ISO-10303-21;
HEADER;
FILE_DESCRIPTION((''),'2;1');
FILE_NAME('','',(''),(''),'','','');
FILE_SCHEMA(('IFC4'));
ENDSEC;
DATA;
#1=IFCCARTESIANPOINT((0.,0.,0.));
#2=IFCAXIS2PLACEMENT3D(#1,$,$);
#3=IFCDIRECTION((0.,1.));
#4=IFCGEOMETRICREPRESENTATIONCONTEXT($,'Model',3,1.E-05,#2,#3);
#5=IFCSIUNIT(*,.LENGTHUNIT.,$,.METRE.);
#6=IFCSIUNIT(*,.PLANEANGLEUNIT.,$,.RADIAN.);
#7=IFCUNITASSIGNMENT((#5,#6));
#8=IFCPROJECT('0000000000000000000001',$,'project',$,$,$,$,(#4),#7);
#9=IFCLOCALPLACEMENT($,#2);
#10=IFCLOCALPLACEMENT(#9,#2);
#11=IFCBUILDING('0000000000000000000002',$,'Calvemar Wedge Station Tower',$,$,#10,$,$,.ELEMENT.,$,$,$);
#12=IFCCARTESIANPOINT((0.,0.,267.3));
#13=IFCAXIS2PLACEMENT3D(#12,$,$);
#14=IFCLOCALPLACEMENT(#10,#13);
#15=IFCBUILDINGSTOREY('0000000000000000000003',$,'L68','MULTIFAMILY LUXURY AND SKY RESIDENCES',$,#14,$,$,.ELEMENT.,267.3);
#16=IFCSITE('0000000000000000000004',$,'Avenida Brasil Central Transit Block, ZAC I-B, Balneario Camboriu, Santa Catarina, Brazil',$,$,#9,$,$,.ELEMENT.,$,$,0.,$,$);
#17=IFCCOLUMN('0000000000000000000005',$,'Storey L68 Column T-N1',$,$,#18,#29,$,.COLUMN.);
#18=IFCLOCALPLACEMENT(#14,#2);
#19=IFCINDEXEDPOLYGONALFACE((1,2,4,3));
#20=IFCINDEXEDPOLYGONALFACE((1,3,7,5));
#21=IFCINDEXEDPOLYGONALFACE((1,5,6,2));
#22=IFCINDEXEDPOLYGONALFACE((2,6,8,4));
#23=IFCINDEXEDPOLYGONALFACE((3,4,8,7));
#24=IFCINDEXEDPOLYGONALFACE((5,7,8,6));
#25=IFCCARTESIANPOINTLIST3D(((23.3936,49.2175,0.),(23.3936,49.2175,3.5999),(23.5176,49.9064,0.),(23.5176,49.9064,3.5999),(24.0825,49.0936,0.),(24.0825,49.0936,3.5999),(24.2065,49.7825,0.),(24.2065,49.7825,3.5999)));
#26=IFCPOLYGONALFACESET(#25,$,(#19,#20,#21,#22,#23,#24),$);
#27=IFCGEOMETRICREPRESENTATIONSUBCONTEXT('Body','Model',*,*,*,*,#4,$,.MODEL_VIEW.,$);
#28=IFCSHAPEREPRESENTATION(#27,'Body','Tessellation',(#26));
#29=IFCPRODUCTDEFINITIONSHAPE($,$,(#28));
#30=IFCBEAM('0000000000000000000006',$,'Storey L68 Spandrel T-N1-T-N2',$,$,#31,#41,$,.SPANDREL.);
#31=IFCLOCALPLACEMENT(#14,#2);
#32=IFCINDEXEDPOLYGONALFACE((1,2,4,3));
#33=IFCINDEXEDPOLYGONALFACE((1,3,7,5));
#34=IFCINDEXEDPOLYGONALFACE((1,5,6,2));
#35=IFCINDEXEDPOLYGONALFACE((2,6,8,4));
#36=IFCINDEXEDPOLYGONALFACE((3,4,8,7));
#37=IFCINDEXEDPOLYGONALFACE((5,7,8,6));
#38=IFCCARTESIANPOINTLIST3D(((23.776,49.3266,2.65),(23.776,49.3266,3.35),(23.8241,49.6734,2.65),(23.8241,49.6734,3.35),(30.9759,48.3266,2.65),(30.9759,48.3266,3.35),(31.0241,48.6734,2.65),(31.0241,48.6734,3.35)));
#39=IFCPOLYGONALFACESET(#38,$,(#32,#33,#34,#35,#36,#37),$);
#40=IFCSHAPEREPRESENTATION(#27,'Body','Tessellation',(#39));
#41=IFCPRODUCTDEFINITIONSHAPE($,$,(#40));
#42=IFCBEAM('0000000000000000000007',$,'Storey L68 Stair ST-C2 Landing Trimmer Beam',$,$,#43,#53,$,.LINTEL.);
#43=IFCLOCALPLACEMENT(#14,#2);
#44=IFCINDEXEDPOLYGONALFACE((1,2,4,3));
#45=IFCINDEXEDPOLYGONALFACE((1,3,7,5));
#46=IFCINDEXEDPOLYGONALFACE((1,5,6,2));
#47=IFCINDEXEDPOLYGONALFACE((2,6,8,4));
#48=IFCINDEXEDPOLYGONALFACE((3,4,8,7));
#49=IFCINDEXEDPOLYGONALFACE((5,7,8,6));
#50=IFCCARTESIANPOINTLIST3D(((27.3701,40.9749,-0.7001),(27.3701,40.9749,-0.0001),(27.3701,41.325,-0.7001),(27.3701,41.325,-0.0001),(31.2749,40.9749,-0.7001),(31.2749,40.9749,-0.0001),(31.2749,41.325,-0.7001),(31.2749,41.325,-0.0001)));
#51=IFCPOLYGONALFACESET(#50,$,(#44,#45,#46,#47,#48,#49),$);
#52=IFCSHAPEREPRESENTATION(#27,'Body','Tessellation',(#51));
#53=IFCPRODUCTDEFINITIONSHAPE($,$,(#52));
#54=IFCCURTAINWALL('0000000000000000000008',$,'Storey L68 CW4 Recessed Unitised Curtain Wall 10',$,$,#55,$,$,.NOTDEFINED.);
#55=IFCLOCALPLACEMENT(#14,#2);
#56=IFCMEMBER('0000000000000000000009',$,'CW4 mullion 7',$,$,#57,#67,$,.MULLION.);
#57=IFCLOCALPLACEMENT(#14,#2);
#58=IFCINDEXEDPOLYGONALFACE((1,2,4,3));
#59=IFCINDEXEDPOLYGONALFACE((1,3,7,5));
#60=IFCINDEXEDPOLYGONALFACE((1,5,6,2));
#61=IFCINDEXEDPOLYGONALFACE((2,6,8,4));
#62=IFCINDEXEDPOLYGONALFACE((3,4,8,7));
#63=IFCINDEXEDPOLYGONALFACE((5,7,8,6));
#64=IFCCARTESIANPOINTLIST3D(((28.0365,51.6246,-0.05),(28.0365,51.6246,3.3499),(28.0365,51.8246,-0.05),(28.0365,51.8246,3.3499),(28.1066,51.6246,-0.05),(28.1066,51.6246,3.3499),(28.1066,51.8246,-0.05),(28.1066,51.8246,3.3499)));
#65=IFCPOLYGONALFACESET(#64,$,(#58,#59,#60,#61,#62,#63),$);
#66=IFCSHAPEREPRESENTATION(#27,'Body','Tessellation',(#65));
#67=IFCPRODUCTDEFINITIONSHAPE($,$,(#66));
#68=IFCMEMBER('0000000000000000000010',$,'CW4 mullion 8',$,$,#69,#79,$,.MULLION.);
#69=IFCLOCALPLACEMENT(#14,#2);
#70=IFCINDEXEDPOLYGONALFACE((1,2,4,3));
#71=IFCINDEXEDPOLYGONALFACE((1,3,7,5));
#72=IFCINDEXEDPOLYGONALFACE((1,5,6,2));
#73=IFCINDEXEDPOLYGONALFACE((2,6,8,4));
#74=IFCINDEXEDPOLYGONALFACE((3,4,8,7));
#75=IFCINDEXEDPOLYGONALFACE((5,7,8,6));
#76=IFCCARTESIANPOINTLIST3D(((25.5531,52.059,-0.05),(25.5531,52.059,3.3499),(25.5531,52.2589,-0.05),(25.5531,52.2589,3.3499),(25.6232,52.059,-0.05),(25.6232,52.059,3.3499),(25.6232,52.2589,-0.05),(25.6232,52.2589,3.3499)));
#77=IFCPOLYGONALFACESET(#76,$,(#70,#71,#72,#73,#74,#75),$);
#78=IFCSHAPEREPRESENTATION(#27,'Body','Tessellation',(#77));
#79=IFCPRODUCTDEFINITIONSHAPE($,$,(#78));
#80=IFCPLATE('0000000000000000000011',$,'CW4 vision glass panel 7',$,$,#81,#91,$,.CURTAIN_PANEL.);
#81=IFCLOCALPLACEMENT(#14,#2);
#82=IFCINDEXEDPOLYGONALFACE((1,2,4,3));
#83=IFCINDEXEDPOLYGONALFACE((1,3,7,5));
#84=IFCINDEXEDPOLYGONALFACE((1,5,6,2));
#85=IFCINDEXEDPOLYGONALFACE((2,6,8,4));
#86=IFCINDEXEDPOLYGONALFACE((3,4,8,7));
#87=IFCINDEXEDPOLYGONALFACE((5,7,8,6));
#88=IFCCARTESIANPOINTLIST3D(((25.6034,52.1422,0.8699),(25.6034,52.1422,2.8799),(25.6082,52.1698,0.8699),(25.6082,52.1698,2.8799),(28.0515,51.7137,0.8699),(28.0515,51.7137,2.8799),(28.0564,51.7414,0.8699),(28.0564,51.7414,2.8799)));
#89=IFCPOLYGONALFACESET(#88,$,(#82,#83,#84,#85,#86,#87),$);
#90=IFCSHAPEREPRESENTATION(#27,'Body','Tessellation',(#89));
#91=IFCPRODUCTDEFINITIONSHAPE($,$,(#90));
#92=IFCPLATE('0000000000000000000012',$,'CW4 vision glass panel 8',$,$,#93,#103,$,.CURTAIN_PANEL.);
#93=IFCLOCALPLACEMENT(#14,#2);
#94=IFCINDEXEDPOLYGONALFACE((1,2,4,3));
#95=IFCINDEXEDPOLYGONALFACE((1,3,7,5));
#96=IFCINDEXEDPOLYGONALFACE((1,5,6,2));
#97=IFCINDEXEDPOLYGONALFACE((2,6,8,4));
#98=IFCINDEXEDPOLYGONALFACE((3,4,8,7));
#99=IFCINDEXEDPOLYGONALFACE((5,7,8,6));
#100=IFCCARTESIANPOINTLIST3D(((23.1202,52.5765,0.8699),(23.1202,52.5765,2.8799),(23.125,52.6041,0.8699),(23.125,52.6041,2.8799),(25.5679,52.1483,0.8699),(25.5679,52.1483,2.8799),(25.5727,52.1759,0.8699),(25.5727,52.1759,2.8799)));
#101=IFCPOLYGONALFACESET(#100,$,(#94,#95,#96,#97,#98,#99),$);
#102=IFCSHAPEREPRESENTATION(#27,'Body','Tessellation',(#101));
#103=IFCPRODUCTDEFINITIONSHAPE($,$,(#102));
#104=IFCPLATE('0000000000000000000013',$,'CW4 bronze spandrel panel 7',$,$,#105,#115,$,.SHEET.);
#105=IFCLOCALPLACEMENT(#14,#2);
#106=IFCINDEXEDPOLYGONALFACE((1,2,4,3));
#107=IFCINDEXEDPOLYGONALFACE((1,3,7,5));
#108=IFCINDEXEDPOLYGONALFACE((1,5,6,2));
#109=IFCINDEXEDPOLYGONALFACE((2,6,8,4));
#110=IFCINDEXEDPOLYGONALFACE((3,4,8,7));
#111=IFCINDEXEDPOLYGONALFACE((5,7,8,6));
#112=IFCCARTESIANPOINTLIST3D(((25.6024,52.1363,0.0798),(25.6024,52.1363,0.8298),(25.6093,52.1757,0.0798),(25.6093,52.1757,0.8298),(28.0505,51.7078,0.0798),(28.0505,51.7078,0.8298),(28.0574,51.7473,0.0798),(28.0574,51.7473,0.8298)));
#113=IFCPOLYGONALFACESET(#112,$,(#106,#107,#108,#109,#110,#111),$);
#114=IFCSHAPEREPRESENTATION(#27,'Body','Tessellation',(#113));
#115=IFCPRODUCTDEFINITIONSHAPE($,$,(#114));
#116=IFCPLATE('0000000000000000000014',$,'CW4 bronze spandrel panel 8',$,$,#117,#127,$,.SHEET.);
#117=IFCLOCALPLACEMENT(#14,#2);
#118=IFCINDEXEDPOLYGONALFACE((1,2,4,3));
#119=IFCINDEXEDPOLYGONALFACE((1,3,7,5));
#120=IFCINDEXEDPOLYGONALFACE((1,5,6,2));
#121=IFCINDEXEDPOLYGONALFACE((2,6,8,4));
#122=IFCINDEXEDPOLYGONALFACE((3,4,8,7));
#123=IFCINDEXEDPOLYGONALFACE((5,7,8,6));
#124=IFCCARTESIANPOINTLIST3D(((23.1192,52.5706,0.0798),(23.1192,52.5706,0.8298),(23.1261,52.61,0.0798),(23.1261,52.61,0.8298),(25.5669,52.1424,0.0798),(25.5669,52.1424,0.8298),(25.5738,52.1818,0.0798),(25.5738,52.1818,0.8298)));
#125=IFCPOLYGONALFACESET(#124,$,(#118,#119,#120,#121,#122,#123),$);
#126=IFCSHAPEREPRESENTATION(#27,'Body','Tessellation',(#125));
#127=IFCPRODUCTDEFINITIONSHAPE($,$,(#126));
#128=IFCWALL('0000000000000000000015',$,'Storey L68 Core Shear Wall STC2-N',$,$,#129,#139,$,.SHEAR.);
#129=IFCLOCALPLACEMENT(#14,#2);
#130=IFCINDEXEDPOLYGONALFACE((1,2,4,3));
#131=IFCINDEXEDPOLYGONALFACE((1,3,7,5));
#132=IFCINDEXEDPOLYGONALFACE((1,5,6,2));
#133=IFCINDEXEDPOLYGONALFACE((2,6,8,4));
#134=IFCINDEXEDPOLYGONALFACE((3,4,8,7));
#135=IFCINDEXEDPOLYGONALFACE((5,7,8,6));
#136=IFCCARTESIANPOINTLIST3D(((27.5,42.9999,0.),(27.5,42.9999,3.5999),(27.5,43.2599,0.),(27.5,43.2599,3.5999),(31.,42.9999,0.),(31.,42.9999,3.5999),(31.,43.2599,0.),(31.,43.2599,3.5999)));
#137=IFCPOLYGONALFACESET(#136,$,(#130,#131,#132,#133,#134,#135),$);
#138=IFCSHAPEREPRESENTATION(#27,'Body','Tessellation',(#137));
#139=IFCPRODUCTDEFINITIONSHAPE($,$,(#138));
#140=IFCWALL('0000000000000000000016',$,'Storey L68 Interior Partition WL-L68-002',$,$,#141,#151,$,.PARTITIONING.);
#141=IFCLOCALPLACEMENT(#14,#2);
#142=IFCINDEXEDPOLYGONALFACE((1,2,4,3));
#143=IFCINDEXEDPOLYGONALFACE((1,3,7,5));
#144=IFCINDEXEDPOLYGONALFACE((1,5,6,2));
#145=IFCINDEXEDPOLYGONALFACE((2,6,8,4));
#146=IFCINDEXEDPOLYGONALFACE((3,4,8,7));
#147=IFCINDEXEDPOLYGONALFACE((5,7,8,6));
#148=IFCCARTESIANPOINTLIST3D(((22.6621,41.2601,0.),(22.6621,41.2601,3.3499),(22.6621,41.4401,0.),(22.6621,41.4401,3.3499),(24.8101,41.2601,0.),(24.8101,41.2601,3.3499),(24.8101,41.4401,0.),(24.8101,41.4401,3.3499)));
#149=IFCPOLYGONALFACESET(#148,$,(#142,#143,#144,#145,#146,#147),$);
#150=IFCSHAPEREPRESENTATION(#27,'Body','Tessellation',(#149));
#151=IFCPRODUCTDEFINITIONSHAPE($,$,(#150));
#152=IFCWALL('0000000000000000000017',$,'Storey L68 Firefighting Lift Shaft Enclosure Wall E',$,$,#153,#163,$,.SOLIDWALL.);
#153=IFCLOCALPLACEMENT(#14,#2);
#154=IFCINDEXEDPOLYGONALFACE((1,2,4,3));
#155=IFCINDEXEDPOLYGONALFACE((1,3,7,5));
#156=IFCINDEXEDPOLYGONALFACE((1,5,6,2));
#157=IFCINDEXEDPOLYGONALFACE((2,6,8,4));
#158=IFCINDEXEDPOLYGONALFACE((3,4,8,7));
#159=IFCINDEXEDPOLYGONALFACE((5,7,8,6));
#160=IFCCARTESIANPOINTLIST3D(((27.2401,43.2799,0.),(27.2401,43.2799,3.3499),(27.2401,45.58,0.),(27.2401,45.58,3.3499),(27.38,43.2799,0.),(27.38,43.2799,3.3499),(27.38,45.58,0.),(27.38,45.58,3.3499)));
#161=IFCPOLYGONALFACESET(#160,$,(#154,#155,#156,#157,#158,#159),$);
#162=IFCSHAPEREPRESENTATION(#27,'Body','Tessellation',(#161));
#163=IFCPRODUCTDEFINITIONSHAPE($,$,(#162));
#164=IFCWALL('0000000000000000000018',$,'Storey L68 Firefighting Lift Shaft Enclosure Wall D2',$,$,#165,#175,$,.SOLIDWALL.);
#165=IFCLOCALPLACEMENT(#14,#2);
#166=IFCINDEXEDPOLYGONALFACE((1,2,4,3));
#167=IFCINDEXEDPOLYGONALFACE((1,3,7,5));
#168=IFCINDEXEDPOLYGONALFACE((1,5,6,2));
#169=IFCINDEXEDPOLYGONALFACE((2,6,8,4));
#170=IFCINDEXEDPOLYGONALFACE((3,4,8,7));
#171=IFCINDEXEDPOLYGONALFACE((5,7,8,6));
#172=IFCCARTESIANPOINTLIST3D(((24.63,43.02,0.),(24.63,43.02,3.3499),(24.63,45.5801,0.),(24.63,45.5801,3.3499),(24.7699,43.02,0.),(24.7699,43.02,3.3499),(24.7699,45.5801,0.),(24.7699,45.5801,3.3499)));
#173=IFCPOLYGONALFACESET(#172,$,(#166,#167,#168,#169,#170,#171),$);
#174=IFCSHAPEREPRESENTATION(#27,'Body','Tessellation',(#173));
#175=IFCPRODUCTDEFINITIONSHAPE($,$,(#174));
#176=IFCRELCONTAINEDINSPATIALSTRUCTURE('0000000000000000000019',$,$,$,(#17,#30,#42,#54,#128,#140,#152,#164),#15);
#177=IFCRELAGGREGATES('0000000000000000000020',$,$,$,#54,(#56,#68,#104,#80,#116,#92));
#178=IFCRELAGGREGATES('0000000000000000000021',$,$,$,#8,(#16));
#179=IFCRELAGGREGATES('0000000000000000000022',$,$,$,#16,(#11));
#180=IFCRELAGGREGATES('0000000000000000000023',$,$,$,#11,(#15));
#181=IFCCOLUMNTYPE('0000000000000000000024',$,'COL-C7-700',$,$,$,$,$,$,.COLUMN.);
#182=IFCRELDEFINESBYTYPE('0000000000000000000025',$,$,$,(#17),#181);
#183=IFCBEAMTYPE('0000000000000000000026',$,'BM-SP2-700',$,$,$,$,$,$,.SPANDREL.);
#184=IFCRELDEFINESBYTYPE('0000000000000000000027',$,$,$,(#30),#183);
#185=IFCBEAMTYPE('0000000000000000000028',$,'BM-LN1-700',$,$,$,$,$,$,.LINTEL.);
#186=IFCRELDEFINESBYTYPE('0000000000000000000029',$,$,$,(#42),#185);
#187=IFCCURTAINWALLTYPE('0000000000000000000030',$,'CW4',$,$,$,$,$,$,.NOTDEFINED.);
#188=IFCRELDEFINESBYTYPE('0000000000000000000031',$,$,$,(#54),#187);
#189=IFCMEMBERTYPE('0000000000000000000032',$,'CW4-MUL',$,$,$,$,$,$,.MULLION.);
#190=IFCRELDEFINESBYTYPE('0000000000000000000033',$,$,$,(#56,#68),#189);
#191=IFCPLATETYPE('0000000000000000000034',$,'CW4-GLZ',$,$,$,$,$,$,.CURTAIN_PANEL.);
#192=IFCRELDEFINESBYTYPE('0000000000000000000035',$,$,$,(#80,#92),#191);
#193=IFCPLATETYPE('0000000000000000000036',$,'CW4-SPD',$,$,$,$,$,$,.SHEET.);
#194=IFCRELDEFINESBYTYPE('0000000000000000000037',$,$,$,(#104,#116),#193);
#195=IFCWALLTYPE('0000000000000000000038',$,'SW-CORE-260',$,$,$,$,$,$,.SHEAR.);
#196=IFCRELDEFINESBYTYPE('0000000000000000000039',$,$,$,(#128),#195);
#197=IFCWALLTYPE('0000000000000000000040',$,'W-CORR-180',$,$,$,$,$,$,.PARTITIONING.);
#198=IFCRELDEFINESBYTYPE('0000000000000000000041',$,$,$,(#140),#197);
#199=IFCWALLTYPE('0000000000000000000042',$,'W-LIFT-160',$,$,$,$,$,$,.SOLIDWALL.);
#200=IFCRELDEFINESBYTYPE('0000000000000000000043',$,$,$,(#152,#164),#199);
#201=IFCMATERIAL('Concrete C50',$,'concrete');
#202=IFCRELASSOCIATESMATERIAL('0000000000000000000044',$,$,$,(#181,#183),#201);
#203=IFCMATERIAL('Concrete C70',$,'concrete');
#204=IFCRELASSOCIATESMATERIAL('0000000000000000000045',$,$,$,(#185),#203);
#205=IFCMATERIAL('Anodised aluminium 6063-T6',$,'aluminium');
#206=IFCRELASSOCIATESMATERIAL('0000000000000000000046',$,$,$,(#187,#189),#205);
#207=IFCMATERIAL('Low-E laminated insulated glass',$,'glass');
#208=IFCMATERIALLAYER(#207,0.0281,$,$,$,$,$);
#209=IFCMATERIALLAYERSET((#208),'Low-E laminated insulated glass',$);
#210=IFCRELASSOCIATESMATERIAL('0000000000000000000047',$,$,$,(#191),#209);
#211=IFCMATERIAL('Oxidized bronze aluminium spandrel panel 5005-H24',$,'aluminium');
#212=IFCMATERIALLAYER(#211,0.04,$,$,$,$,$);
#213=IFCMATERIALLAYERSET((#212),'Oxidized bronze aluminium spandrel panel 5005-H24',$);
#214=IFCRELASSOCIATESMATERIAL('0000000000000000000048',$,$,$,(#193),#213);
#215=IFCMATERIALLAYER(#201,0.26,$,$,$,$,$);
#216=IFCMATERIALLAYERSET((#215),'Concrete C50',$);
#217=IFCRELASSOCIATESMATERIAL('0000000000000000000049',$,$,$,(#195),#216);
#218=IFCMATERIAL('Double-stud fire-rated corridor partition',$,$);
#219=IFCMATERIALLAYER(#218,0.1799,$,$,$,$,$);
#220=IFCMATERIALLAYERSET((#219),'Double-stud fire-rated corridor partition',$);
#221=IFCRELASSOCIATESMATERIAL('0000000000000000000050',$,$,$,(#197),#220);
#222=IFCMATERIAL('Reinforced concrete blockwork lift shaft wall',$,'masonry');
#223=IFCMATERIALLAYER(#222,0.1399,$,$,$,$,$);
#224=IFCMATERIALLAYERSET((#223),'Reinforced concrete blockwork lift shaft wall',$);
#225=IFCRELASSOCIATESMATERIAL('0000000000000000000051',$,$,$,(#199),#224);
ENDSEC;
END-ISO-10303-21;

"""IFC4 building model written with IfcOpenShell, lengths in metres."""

from ifc_helpers import new_model, si_unit, direction, frame, frame_2d, origin, origin_2d, place, context, subcontext, project, spatial, rectangle, extrude, source, transform, mapped, material, layer, layer_set, material_profile, profile_set, type_object, element, aggregate, save


model = new_model("IFC4")

# Units and contexts
model_context = context("Model", 3, precision=1e-05, world=origin(), true_north=direction((0.0, 1.0)))
body_context = subcontext(model_context, "Body", "Model", "MODEL_VIEW")
ifc_project = project(units=[si_unit("LENGTHUNIT", "METRE"), si_unit("PLANEANGLEUNIT", "RADIAN")], contexts=[model_context])

# Site, building, storey
site_placement = place(None, origin())
site = spatial("IfcSite", under=ifc_project, at=site_placement, Name="Avenida Brasil Central Transit Block, ZAC I-B, Balneario Camboriu, Santa Catarina, Brazil", CompositionType="ELEMENT", RefElevation=0.0)
building_placement = place(site_placement, origin())
building = spatial("IfcBuilding", under=site, at=building_placement, Name="Calvemar Wedge Station Tower", CompositionType="ELEMENT")
storey_placement = place(building_placement, frame((0.0, 0.0, 267.3)))
storey = spatial("IfcBuildingStorey", under=building, at=storey_placement, Name="L68", Description="MULTIFAMILY LUXURY AND SKY RESIDENCES", CompositionType="ELEMENT", Elevation=267.3)

# Column
ifc_material_1 = material(Name="Concrete C50", Category="concrete")
ifc_material_profile_1 = material_profile(ifc_material_1, rectangle(XDim=0.7, YDim=0.7, at=origin_2d()), Name="RC700x700")
ifc_profile_set_1 = profile_set([ifc_material_profile_1], Name="Concrete C50")
column_type = type_object("IfcColumnType", Name="COL-C7-700", PredefinedType="COLUMN", material=ifc_profile_set_1)
shared_shape_1 = source(origin(), body_context, "Body", "SweptSolid", [
    extrude(rectangle(XDim=0.7, YDim=0.7, at=origin_2d()), origin(), (0.0, 0.0, 1.0), 3.5999),
])
column_placement = place(storey_placement, frame((23.8, 49.5, 0.0), z_axis=(0.0, 0.0, 1.0), x_axis=(0.984196, -0.177085, 0.0)))
element("IfcColumn", 1, at=column_placement, inside=storey, type_object=column_type, Name="Storey L68 Column T-N1", PredefinedType="COLUMN", context=body_context, shape_type="MappedRepresentation", body=[
    mapped(shared_shape_1, transform((0.0, 0.0, 0.0), scale=1.0)),
])

# Beams
ifc_material_profile_2 = material_profile(ifc_material_1, rectangle(XDim=0.3501, YDim=0.7, at=origin_2d()), Name="RC350x700")
ifc_profile_set_2 = profile_set([ifc_material_profile_2], Name="Concrete C50")
beam_type_1 = type_object("IfcBeamType", Name="BM-SP2-700", PredefinedType="SPANDREL", material=ifc_profile_set_2)
shared_shape_2 = source(origin(), body_context, "Body", "SweptSolid", [
    extrude(rectangle(XDim=0.3501, YDim=0.7, at=origin_2d()), origin(), (0.0, 0.0, 1.0), 7.269),
])
beam_1_placement = place(storey_placement, frame((23.8, 49.5, 3.0), z_axis=(0.990492, -0.137569, 0.0), x_axis=(0.137569, 0.990492, 0.0)))
element("IfcBeam", 2, at=beam_1_placement, inside=storey, type_object=beam_type_1, Name="Storey L68 Spandrel T-N1-T-N2", PredefinedType="SPANDREL", context=body_context, shape_type="MappedRepresentation", body=[
    mapped(shared_shape_2, transform((0.0, 0.0, 0.0), scale=1.0)),
])
ifc_material_2 = material(Name="Concrete C70", Category="concrete")
ifc_material_profile_3 = material_profile(ifc_material_2, rectangle(XDim=0.3501, YDim=0.7, at=origin_2d()), Name="RC350x700")
ifc_profile_set_3 = profile_set([ifc_material_profile_3], Name="Concrete C70")
beam_type_2 = type_object("IfcBeamType", Name="BM-LN1-700", PredefinedType="LINTEL", material=ifc_profile_set_3)
shared_shape_3 = source(origin(), body_context, "Body", "SweptSolid", [
    extrude(rectangle(XDim=0.3501, YDim=0.7, at=origin_2d()), origin(), (0.0, 0.0, 1.0), 3.9048),
])
beam_2_placement = place(storey_placement, frame((27.3701, 41.1499, -0.3501), z_axis=(1.0, 0.0, 0.0), x_axis=(0.0, 1.0, 0.0)))
element("IfcBeam", 3, at=beam_2_placement, inside=storey, type_object=beam_type_2, Name="Storey L68 Stair ST-C2 Landing Trimmer Beam", PredefinedType="LINTEL", context=body_context, shape_type="MappedRepresentation", body=[
    mapped(shared_shape_3, transform((0.0, 0.0, 0.0), scale=1.0)),
])

# Curtain wall, members, plates
ifc_material_3 = material(Name="Anodised aluminium 6063-T6", Category="aluminium")
curtain_wall_type = type_object("IfcCurtainWallType", Name="CW4", PredefinedType="NOTDEFINED", material=ifc_material_3)
curtain_wall_placement = place(storey_placement, origin())
curtain_wall = element("IfcCurtainWall", 4, at=curtain_wall_placement, inside=storey, type_object=curtain_wall_type, Name="Storey L68 CW4 Recessed Unitised Curtain Wall 10", PredefinedType="NOTDEFINED")
ifc_material_profile_4 = material_profile(ifc_material_3, rectangle(XDim=0.0701, YDim=0.2, at=origin_2d()), Name="AL-MUL-70x200")
ifc_profile_set_4 = profile_set([ifc_material_profile_4], Name="Anodised aluminium 6063-T6")
member_type = type_object("IfcMemberType", Name="CW4-MUL", PredefinedType="MULLION", material=ifc_profile_set_4)
shared_shape_4 = source(origin(), body_context, "Body", "SweptSolid", [
    extrude(rectangle(XDim=0.0701, YDim=0.2, at=origin_2d()), origin(), (0.0, 0.0, 1.0), 3.3999),
])
member_1_placement = place(storey_placement, frame((28.0715, 51.7246, -0.05), z_axis=(0.0, 0.0, 1.0), x_axis=(1.0, 0.0, 0.0)))
member_1 = element("IfcMember", 5, at=member_1_placement, type_object=member_type, Name="CW4 mullion 7", PredefinedType="MULLION", context=body_context, shape_type="MappedRepresentation", body=[
    mapped(shared_shape_4, transform((0.0, 0.0, 0.0), scale=1.0)),
])
member_2_placement = place(storey_placement, frame((25.5881, 52.1589, -0.05), z_axis=(0.0, 0.0, 1.0), x_axis=(1.0, 0.0, 0.0)))
member_2 = element("IfcMember", 6, at=member_2_placement, type_object=member_type, Name="CW4 mullion 8", PredefinedType="MULLION", context=body_context, shape_type="MappedRepresentation", body=[
    mapped(shared_shape_4, transform((0.0, 0.0, 0.0), scale=1.0)),
])
ifc_material_4 = material(Name="Low-E laminated insulated glass", Category="glass")
ifc_layer_1 = layer(ifc_material_4, 0.0281)
ifc_layer_set_1 = layer_set([ifc_layer_1], Name="Low-E laminated insulated glass")
plate_type_1 = type_object("IfcPlateType", Name="CW4-GLZ", PredefinedType="CURTAIN_PANEL", material=ifc_layer_set_1)
plate_1_placement = place(storey_placement, frame((28.054, 51.7275, 0.8699), z_axis=(0.0, 0.0, 1.0), x_axis=(-0.985029, 0.17239, 0.0)))
plate_1 = element("IfcPlate", 7, at=plate_1_placement, type_object=plate_type_1, Name="CW4 vision glass panel 7", PredefinedType="CURTAIN_PANEL", context=body_context, shape_type="SweptSolid", body=[
    extrude(rectangle(XDim=2.4854, YDim=0.0281, at=frame_2d((1.2427, 0.0))), origin(), (0.0, 0.0, 1.0), 2.01),
])
plate_2_placement = place(storey_placement, frame((25.5703, 52.1621, 0.8699), z_axis=(0.0, 0.0, 1.0), x_axis=(-0.98504, 0.172328, 0.0)))
plate_2 = element("IfcPlate", 8, at=plate_2_placement, type_object=plate_type_1, Name="CW4 vision glass panel 8", PredefinedType="CURTAIN_PANEL", context=body_context, shape_type="SweptSolid", body=[
    extrude(rectangle(XDim=2.4849, YDim=0.0281, at=frame_2d((1.2424, 0.0))), origin(), (0.0, 0.0, 1.0), 2.01),
])
ifc_material_5 = material(Name="Oxidized bronze aluminium spandrel panel 5005-H24", Category="aluminium")
ifc_layer_2 = layer(ifc_material_5, 0.04)
ifc_layer_set_2 = layer_set([ifc_layer_2], Name="Oxidized bronze aluminium spandrel panel 5005-H24")
plate_type_2 = type_object("IfcPlateType", Name="CW4-SPD", PredefinedType="SHEET", material=ifc_layer_set_2)
plate_3_placement = place(storey_placement, frame((28.054, 51.7275, 0.0798), z_axis=(0.0, 0.0, 1.0), x_axis=(-0.985029, 0.17239, 0.0)))
plate_3 = element("IfcPlate", 9, at=plate_3_placement, type_object=plate_type_2, Name="CW4 bronze spandrel panel 7", PredefinedType="SHEET", context=body_context, shape_type="SweptSolid", body=[
    extrude(rectangle(XDim=2.4854, YDim=0.04, at=frame_2d((1.2427, 0.0))), origin(), (0.0, 0.0, 1.0), 0.75),
])
plate_4_placement = place(storey_placement, frame((25.5703, 52.1621, 0.0798), z_axis=(0.0, 0.0, 1.0), x_axis=(-0.98504, 0.172328, 0.0)))
plate_4 = element("IfcPlate", 10, at=plate_4_placement, type_object=plate_type_2, Name="CW4 bronze spandrel panel 8", PredefinedType="SHEET", context=body_context, shape_type="SweptSolid", body=[
    extrude(rectangle(XDim=2.4849, YDim=0.04, at=frame_2d((1.2424, 0.0))), origin(), (0.0, 0.0, 1.0), 0.75),
])
aggregate(curtain_wall, [member_1, member_2, plate_3, plate_1, plate_4, plate_2])

# Walls
ifc_layer_3 = layer(ifc_material_1, 0.26)
ifc_layer_set_3 = layer_set([ifc_layer_3], Name="Concrete C50")
wall_type_1 = type_object("IfcWallType", Name="SW-CORE-260", PredefinedType="SHEAR", material=ifc_layer_set_3)
wall_1_placement = place(storey_placement, frame((27.5, 43.1299, 0.0), z_axis=(0.0, 0.0, 1.0), x_axis=(1.0, 0.0, 0.0)))
element("IfcWall", 11, at=wall_1_placement, inside=storey, type_object=wall_type_1, Name="Storey L68 Core Shear Wall STC2-N", PredefinedType="SHEAR", context=body_context, shape_type="SweptSolid", body=[
    extrude(rectangle(XDim=3.5, YDim=0.26, at=frame_2d((1.75, 0.0))), origin(), (0.0, 0.0, 1.0), 3.5999),
])
ifc_material_6 = material(Name="Double-stud fire-rated corridor partition")
ifc_layer_4 = layer(ifc_material_6, 0.1799)
ifc_layer_set_4 = layer_set([ifc_layer_4], Name="Double-stud fire-rated corridor partition")
wall_type_2 = type_object("IfcWallType", Name="W-CORR-180", PredefinedType="PARTITIONING", material=ifc_layer_set_4)
wall_2_placement = place(storey_placement, frame((24.8101, 41.3501, 0.0), z_axis=(0.0, 0.0, 1.0), x_axis=(-1.0, 0.0, 0.0)))
element("IfcWall", 12, at=wall_2_placement, inside=storey, type_object=wall_type_2, Name="Storey L68 Interior Partition WL-L68-002", PredefinedType="PARTITIONING", context=body_context, shape_type="SweptSolid", body=[
    extrude(rectangle(XDim=2.1479, YDim=0.1799, at=frame_2d((1.074, 0.0))), origin(), (0.0, 0.0, 1.0), 3.3499),
])

# Walls
ifc_material_7 = material(Name="Reinforced concrete blockwork lift shaft wall", Category="masonry")
ifc_layer_5 = layer(ifc_material_7, 0.1399)
ifc_layer_set_5 = layer_set([ifc_layer_5], Name="Reinforced concrete blockwork lift shaft wall")
wall_type_3 = type_object("IfcWallType", Name="W-LIFT-160", PredefinedType="SOLIDWALL", material=ifc_layer_set_5)
wall_3_placement = place(storey_placement, frame((27.3101, 43.28, 0.0), z_axis=(0.0, 0.0, 1.0), x_axis=(0.0, 1.0, 0.0)))
element("IfcWall", 13, at=wall_3_placement, inside=storey, type_object=wall_type_3, Name="Storey L68 Firefighting Lift Shaft Enclosure Wall E", PredefinedType="SOLIDWALL", context=body_context, shape_type="SweptSolid", body=[
    extrude(rectangle(XDim=2.3, YDim=0.1399, at=frame_2d((1.1499, 0.0))), origin(), (0.0, 0.0, 1.0), 3.3499),
])
wall_4_placement = place(storey_placement, frame((24.7, 43.02, 0.0), z_axis=(0.0, 0.0, 1.0), x_axis=(0.0, 1.0, 0.0)))
element("IfcWall", 14, at=wall_4_placement, inside=storey, type_object=wall_type_3, Name="Storey L68 Firefighting Lift Shaft Enclosure Wall D2", PredefinedType="SOLIDWALL", context=body_context, shape_type="SweptSolid", body=[
    extrude(rectangle(XDim=2.5601, YDim=0.1399, at=frame_2d((1.28, 0.0))), origin(), (0.0, 0.0, 1.0), 3.3499),
])

save(model, "model.ifc")
